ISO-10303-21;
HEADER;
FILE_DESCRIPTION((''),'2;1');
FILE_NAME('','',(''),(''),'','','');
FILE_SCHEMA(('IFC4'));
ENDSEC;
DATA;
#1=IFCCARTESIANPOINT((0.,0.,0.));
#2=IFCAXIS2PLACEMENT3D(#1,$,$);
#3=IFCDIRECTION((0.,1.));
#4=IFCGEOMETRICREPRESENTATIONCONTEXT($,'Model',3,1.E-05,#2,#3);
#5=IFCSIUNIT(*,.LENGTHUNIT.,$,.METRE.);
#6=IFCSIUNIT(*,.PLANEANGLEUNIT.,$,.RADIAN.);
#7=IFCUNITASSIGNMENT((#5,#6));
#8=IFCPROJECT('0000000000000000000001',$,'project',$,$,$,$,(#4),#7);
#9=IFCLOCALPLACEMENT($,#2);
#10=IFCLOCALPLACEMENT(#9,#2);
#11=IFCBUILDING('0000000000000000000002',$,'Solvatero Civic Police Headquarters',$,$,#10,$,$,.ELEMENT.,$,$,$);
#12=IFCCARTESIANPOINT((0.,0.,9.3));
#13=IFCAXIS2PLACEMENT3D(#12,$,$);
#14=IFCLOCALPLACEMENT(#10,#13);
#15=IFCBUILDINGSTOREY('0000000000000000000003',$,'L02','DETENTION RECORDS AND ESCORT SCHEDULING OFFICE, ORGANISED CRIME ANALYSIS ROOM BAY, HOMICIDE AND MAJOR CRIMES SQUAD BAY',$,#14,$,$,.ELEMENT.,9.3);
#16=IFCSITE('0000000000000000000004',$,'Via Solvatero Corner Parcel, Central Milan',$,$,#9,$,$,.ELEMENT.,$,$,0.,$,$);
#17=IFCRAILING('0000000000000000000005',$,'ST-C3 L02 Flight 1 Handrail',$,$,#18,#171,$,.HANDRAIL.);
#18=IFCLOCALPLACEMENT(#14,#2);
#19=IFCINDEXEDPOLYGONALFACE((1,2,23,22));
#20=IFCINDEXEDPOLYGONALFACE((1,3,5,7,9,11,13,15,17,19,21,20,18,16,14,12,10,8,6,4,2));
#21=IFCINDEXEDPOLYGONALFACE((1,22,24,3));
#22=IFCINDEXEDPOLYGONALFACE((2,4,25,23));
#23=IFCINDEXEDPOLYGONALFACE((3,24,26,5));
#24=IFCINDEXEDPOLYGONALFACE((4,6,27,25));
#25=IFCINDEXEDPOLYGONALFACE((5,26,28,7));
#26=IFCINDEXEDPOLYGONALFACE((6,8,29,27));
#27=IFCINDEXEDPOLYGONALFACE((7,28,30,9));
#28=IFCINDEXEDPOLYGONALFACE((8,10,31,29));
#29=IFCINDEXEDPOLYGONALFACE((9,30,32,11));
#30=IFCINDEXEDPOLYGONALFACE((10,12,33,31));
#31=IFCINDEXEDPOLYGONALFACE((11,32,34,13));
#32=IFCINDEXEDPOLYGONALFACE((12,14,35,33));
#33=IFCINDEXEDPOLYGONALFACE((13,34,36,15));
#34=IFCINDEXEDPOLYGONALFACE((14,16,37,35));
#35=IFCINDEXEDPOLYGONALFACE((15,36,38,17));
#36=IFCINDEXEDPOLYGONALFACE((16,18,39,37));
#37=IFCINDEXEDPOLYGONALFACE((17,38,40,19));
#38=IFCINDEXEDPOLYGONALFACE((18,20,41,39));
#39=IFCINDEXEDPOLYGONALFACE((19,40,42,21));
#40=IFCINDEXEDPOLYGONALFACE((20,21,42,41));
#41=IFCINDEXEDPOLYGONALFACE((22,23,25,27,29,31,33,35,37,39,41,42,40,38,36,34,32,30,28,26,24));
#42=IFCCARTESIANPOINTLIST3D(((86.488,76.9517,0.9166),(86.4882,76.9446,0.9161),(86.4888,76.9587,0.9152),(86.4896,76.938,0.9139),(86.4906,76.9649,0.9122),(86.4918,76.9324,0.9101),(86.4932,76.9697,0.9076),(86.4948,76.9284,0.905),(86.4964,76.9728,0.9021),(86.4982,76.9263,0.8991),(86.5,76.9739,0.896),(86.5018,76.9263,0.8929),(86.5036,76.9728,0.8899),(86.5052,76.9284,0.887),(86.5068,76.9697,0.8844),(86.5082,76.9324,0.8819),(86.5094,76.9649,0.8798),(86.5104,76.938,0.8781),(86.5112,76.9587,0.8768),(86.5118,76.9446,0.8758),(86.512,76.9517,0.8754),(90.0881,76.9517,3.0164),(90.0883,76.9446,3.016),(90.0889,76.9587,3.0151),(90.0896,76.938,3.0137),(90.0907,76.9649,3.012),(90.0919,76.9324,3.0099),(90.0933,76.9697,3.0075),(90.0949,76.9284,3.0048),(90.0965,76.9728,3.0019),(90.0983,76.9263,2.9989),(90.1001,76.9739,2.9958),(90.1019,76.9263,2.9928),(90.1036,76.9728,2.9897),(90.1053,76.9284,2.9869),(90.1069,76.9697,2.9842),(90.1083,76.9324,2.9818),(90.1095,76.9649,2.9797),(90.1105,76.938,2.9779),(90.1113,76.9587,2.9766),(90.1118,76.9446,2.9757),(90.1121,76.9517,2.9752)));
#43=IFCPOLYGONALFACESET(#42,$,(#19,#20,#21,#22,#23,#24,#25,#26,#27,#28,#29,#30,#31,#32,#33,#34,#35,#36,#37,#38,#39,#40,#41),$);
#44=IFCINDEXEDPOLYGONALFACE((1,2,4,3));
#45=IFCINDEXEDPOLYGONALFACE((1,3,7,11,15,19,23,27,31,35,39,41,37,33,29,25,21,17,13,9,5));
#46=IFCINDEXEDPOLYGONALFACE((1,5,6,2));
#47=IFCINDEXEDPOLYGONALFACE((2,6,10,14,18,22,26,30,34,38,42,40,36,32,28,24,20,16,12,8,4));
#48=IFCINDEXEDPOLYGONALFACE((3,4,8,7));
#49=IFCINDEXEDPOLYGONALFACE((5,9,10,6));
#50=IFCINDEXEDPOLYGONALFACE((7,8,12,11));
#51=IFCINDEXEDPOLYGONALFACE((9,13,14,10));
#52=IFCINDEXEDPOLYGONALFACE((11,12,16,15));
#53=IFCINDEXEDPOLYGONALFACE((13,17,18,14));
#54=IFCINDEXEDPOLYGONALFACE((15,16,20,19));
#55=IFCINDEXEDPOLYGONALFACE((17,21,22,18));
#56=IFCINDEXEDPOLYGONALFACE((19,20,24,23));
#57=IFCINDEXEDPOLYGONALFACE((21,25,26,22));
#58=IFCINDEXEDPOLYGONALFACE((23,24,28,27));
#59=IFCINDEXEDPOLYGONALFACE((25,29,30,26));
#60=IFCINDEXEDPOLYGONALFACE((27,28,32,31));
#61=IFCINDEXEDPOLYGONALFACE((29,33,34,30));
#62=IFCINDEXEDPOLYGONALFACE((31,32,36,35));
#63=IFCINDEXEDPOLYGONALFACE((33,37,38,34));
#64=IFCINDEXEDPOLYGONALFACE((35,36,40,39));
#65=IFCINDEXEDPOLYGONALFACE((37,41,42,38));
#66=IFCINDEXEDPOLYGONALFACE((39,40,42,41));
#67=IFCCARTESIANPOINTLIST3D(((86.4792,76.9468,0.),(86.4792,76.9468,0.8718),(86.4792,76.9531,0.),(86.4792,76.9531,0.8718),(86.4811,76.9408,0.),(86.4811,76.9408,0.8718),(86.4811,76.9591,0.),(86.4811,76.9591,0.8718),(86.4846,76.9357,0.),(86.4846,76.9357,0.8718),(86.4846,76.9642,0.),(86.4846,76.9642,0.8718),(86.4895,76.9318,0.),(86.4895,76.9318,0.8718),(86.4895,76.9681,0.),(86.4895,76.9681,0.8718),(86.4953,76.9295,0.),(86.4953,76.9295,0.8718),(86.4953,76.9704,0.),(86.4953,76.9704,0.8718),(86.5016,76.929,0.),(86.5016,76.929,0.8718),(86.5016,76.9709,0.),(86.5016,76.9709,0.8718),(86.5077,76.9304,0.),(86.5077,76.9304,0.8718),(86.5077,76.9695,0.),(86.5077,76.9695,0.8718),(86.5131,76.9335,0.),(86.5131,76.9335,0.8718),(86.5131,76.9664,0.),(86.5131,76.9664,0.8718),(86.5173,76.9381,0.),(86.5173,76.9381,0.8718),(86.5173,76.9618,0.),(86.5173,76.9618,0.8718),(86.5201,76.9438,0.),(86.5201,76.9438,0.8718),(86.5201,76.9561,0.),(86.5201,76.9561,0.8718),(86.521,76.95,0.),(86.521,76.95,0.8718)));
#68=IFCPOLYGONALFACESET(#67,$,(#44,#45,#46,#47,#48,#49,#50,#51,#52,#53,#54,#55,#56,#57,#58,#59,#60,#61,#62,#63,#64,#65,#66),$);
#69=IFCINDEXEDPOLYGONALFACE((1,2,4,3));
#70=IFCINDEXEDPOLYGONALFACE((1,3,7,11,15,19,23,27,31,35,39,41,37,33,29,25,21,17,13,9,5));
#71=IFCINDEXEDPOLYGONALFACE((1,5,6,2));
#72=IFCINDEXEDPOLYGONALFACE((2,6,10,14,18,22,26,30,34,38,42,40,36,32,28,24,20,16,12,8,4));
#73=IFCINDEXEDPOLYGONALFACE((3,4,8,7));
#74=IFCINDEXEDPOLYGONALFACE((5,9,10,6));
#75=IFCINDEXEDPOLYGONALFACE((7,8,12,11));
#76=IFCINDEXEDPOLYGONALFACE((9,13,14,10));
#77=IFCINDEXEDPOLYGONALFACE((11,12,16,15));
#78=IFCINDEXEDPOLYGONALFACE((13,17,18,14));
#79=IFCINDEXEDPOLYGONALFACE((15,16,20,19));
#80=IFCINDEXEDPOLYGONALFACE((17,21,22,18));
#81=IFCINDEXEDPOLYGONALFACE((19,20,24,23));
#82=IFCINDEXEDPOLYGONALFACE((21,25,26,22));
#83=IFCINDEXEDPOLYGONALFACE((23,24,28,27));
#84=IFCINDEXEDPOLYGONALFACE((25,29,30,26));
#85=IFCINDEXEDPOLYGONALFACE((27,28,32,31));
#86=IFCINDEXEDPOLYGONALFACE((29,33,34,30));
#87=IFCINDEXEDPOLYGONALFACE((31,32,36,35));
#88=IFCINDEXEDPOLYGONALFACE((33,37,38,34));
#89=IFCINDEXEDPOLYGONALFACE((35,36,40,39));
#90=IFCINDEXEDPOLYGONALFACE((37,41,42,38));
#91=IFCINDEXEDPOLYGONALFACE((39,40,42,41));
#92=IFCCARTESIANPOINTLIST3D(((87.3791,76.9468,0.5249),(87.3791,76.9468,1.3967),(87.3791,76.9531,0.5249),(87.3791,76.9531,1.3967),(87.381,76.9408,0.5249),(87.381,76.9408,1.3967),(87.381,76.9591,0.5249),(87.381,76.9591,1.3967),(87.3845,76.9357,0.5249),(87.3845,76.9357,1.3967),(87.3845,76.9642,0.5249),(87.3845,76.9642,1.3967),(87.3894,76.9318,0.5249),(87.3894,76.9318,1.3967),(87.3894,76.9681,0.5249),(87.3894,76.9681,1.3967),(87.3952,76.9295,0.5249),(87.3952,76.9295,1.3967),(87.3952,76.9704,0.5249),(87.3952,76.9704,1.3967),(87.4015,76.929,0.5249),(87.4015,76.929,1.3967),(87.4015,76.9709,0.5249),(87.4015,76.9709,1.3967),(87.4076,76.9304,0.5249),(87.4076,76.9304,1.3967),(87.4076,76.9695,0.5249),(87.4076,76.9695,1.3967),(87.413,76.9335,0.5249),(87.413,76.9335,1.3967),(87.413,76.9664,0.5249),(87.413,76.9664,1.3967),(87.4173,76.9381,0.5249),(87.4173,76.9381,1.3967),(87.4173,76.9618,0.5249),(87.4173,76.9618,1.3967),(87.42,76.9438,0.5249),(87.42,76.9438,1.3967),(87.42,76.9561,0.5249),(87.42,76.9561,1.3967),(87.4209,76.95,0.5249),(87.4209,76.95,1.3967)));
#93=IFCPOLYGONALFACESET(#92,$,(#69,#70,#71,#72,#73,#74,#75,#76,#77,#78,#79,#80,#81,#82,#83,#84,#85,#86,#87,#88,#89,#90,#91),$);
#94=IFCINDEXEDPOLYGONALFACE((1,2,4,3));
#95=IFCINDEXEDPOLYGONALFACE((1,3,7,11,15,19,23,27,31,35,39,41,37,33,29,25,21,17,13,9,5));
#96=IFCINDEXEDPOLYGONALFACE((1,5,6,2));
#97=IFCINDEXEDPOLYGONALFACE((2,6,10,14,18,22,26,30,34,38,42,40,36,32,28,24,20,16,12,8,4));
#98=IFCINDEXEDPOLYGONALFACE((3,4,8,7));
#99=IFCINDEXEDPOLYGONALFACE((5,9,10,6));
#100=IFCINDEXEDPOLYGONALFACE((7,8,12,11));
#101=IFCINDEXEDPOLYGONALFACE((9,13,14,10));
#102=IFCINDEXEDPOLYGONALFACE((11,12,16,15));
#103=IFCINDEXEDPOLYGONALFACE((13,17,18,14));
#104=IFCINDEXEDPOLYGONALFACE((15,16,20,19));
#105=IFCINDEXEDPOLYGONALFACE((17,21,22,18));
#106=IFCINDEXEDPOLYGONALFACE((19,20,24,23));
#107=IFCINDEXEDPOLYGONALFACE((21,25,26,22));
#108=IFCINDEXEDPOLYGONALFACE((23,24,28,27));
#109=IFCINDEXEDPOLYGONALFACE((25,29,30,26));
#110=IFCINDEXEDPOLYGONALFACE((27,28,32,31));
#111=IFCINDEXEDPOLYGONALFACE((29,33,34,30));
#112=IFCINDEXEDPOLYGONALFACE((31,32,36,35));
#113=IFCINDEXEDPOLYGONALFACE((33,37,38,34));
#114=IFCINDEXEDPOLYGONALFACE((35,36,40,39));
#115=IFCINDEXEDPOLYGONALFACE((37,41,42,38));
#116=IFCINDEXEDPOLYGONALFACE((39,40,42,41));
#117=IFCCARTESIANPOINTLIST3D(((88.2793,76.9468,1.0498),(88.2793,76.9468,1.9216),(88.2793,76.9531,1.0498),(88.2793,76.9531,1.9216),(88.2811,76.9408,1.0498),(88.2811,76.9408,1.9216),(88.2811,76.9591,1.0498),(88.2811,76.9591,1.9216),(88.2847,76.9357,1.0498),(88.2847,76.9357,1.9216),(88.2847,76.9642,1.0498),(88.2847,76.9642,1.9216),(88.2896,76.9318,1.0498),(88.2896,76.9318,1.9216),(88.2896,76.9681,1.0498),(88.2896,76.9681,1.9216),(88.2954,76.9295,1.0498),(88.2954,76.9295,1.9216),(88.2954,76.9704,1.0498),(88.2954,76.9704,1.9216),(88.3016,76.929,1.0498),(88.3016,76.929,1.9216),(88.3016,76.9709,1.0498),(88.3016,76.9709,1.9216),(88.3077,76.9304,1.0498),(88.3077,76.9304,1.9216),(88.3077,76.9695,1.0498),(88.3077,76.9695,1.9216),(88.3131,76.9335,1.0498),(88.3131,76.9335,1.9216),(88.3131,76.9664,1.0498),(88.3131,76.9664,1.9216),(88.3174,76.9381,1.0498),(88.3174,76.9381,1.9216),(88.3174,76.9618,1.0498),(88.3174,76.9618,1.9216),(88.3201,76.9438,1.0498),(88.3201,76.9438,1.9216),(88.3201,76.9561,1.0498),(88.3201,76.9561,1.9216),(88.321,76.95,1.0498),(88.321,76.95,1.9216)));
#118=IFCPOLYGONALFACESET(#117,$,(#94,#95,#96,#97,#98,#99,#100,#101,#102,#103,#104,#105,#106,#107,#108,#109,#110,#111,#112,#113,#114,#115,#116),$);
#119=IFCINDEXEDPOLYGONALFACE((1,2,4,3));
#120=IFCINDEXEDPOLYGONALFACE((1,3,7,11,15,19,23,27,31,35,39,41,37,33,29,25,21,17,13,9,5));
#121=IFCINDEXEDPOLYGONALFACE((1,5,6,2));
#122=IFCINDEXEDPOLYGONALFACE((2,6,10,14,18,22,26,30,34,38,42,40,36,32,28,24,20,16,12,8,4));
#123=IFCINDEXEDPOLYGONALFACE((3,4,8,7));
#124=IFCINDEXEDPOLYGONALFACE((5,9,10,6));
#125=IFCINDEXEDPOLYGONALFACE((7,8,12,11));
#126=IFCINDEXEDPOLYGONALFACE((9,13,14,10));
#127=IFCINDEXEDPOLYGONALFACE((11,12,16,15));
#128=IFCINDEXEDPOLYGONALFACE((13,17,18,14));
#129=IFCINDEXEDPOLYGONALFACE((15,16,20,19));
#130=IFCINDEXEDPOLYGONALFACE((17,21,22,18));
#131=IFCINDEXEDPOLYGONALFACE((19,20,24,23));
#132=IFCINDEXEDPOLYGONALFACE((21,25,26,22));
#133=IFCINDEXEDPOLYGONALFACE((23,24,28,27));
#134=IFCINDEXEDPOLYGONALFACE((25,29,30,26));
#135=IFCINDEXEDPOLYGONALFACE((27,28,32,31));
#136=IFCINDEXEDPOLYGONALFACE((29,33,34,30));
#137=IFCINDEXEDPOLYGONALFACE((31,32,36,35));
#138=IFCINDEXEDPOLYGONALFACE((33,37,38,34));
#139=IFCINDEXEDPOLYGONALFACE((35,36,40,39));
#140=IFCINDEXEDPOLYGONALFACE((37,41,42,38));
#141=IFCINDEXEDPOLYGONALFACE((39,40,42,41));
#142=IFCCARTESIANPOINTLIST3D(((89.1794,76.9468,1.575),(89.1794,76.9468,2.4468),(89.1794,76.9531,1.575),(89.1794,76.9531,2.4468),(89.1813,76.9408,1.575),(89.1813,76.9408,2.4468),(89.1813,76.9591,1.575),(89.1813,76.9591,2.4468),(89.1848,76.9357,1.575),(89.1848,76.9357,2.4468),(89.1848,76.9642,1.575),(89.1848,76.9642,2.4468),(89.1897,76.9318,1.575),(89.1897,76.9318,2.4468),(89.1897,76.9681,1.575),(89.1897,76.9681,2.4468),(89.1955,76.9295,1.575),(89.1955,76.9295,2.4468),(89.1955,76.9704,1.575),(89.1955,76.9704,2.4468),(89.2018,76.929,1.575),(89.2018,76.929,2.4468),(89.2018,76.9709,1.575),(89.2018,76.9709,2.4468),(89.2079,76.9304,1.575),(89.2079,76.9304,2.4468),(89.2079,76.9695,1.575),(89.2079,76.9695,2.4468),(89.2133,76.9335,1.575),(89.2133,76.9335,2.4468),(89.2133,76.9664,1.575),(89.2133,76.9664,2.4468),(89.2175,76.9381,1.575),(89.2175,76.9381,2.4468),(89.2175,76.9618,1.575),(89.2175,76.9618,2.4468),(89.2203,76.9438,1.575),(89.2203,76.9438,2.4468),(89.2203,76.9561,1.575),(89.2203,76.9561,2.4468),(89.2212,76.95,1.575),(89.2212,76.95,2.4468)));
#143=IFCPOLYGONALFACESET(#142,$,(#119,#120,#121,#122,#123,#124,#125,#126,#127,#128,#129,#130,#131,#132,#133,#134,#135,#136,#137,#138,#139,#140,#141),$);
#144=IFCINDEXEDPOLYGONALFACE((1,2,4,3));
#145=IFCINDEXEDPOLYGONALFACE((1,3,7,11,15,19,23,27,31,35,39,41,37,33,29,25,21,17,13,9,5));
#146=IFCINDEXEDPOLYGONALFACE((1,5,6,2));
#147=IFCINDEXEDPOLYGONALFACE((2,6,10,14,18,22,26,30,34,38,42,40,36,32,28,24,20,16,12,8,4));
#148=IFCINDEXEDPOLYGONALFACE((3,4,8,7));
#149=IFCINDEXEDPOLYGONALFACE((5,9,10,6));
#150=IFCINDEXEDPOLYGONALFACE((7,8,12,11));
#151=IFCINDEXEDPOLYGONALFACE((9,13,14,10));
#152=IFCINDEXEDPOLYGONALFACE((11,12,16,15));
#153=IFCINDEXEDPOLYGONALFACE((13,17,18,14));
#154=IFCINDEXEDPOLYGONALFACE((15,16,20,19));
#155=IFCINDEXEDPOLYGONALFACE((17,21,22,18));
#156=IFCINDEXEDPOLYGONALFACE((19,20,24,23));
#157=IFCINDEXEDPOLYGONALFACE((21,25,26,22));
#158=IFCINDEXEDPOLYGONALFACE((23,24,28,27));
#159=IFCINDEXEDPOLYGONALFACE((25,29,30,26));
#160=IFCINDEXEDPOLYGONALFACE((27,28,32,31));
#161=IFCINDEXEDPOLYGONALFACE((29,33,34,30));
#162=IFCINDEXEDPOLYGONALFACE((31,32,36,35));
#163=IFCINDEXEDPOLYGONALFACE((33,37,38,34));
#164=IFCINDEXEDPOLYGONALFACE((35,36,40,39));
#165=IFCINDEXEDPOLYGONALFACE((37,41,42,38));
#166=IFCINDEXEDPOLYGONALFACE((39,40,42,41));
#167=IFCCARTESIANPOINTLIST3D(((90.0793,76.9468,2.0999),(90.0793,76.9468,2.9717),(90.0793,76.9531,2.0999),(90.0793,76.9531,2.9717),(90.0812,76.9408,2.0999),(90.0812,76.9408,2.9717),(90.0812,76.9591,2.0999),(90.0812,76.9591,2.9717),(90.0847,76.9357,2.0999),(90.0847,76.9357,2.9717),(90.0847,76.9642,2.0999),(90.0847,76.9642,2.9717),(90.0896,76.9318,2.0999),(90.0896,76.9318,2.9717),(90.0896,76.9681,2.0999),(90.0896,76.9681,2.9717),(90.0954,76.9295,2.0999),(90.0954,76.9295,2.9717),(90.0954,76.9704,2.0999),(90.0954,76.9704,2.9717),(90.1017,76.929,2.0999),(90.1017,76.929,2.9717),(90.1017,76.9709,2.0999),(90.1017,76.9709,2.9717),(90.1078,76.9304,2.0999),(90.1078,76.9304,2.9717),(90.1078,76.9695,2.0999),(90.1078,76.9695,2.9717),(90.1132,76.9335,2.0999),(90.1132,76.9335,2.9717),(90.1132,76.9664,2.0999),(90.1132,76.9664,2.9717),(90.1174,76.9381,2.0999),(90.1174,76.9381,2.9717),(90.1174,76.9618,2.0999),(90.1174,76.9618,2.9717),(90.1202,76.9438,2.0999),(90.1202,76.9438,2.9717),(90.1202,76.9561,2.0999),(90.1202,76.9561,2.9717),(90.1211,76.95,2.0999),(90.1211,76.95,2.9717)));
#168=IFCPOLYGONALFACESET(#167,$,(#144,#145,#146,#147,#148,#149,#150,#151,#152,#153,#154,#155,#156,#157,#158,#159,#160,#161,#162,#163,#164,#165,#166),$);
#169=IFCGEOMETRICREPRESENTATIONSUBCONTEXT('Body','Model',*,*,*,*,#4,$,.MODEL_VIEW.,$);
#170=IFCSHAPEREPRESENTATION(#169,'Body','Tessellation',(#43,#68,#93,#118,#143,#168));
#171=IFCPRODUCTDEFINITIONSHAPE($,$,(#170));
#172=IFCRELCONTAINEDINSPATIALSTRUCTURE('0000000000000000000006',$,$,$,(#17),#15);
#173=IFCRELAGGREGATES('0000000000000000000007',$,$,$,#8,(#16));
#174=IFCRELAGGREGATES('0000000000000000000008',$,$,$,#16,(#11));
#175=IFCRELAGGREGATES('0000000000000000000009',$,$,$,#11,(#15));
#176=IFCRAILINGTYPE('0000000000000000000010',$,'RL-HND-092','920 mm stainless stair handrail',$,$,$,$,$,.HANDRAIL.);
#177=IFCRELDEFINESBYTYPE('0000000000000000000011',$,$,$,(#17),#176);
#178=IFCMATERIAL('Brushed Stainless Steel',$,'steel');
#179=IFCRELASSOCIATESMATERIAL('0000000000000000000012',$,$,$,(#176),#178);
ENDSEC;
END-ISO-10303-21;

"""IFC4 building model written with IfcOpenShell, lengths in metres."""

from ifc_helpers import new_model, si_unit, direction, frame, origin, origin_2d, place, context, subcontext, project, spatial, circle, extrude, material, type_object, element, save


model = new_model("IFC4")

# Units and contexts
model_context = context("Model", 3, precision=1e-05, world=origin(), true_north=direction((0.0, 1.0)))
body_context = subcontext(model_context, "Body", "Model", "MODEL_VIEW")
ifc_project = project(units=[si_unit("LENGTHUNIT", "METRE"), si_unit("PLANEANGLEUNIT", "RADIAN")], contexts=[model_context])

# Site, building, storey
site_placement = place(None, origin())
site = spatial("IfcSite", under=ifc_project, at=site_placement, Name="Via Solvatero Corner Parcel, Central Milan", CompositionType="ELEMENT", RefElevation=0.0)
building_placement = place(site_placement, origin())
building = spatial("IfcBuilding", under=site, at=building_placement, Name="Solvatero Civic Police Headquarters", CompositionType="ELEMENT")
storey_placement = place(building_placement, frame((0.0, 0.0, 9.3)))
storey = spatial("IfcBuildingStorey", under=building, at=storey_placement, Name="L02", Description="DETENTION RECORDS AND ESCORT SCHEDULING OFFICE, ORGANISED CRIME ANALYSIS ROOM BAY, HOMICIDE AND MAJOR CRIMES SQUAD BAY", CompositionType="ELEMENT", Elevation=9.3)

# Railing
ifc_material_1 = material(Name="Brushed Stainless Steel", Category="steel")
railing_type_1 = type_object("IfcRailingType", Name="RL-HND-092", Description="920 mm stainless stair handrail", PredefinedType="HANDRAIL", material=ifc_material_1)
railing_1_placement = place(storey_placement, frame((86.5, 76.95, 0.0)))
element("IfcRailing", 1, at=railing_1_placement, inside=storey, type_object=railing_type_1, Name="ST-C3 L02 Flight 1 Handrail", PredefinedType="HANDRAIL", context=body_context, shape_type="SweptSolid", body=[
    extrude(circle(Radius=0.0239, at=origin_2d()), frame((0.0, 0.0, 0.896), z_axis=(0.8638, 0.0, 0.503835), x_axis=(0.0, 1.0, 0.0)), (0.0, 0.0, 1.0), 4.1677),
    extrude(circle(Radius=0.021, at=origin_2d()), origin(), (0.0, 0.0, 1.0), 0.8718),
    extrude(circle(Radius=0.021, at=origin_2d()), frame((0.8999, 0.0, 0.5249)), (0.0, 0.0, 1.0), 0.8718),
    extrude(circle(Radius=0.021, at=origin_2d()), frame((1.8, 0.0, 1.0498)), (0.0, 0.0, 1.0), 0.8718),
    extrude(circle(Radius=0.021, at=origin_2d()), frame((2.7002, 0.0, 1.575)), (0.0, 0.0, 1.0), 0.8718),
    extrude(circle(Radius=0.021, at=origin_2d()), frame((3.6001, 0.0, 2.0999)), (0.0, 0.0, 1.0), 0.8718),
])

save(model, "model.ifc")
